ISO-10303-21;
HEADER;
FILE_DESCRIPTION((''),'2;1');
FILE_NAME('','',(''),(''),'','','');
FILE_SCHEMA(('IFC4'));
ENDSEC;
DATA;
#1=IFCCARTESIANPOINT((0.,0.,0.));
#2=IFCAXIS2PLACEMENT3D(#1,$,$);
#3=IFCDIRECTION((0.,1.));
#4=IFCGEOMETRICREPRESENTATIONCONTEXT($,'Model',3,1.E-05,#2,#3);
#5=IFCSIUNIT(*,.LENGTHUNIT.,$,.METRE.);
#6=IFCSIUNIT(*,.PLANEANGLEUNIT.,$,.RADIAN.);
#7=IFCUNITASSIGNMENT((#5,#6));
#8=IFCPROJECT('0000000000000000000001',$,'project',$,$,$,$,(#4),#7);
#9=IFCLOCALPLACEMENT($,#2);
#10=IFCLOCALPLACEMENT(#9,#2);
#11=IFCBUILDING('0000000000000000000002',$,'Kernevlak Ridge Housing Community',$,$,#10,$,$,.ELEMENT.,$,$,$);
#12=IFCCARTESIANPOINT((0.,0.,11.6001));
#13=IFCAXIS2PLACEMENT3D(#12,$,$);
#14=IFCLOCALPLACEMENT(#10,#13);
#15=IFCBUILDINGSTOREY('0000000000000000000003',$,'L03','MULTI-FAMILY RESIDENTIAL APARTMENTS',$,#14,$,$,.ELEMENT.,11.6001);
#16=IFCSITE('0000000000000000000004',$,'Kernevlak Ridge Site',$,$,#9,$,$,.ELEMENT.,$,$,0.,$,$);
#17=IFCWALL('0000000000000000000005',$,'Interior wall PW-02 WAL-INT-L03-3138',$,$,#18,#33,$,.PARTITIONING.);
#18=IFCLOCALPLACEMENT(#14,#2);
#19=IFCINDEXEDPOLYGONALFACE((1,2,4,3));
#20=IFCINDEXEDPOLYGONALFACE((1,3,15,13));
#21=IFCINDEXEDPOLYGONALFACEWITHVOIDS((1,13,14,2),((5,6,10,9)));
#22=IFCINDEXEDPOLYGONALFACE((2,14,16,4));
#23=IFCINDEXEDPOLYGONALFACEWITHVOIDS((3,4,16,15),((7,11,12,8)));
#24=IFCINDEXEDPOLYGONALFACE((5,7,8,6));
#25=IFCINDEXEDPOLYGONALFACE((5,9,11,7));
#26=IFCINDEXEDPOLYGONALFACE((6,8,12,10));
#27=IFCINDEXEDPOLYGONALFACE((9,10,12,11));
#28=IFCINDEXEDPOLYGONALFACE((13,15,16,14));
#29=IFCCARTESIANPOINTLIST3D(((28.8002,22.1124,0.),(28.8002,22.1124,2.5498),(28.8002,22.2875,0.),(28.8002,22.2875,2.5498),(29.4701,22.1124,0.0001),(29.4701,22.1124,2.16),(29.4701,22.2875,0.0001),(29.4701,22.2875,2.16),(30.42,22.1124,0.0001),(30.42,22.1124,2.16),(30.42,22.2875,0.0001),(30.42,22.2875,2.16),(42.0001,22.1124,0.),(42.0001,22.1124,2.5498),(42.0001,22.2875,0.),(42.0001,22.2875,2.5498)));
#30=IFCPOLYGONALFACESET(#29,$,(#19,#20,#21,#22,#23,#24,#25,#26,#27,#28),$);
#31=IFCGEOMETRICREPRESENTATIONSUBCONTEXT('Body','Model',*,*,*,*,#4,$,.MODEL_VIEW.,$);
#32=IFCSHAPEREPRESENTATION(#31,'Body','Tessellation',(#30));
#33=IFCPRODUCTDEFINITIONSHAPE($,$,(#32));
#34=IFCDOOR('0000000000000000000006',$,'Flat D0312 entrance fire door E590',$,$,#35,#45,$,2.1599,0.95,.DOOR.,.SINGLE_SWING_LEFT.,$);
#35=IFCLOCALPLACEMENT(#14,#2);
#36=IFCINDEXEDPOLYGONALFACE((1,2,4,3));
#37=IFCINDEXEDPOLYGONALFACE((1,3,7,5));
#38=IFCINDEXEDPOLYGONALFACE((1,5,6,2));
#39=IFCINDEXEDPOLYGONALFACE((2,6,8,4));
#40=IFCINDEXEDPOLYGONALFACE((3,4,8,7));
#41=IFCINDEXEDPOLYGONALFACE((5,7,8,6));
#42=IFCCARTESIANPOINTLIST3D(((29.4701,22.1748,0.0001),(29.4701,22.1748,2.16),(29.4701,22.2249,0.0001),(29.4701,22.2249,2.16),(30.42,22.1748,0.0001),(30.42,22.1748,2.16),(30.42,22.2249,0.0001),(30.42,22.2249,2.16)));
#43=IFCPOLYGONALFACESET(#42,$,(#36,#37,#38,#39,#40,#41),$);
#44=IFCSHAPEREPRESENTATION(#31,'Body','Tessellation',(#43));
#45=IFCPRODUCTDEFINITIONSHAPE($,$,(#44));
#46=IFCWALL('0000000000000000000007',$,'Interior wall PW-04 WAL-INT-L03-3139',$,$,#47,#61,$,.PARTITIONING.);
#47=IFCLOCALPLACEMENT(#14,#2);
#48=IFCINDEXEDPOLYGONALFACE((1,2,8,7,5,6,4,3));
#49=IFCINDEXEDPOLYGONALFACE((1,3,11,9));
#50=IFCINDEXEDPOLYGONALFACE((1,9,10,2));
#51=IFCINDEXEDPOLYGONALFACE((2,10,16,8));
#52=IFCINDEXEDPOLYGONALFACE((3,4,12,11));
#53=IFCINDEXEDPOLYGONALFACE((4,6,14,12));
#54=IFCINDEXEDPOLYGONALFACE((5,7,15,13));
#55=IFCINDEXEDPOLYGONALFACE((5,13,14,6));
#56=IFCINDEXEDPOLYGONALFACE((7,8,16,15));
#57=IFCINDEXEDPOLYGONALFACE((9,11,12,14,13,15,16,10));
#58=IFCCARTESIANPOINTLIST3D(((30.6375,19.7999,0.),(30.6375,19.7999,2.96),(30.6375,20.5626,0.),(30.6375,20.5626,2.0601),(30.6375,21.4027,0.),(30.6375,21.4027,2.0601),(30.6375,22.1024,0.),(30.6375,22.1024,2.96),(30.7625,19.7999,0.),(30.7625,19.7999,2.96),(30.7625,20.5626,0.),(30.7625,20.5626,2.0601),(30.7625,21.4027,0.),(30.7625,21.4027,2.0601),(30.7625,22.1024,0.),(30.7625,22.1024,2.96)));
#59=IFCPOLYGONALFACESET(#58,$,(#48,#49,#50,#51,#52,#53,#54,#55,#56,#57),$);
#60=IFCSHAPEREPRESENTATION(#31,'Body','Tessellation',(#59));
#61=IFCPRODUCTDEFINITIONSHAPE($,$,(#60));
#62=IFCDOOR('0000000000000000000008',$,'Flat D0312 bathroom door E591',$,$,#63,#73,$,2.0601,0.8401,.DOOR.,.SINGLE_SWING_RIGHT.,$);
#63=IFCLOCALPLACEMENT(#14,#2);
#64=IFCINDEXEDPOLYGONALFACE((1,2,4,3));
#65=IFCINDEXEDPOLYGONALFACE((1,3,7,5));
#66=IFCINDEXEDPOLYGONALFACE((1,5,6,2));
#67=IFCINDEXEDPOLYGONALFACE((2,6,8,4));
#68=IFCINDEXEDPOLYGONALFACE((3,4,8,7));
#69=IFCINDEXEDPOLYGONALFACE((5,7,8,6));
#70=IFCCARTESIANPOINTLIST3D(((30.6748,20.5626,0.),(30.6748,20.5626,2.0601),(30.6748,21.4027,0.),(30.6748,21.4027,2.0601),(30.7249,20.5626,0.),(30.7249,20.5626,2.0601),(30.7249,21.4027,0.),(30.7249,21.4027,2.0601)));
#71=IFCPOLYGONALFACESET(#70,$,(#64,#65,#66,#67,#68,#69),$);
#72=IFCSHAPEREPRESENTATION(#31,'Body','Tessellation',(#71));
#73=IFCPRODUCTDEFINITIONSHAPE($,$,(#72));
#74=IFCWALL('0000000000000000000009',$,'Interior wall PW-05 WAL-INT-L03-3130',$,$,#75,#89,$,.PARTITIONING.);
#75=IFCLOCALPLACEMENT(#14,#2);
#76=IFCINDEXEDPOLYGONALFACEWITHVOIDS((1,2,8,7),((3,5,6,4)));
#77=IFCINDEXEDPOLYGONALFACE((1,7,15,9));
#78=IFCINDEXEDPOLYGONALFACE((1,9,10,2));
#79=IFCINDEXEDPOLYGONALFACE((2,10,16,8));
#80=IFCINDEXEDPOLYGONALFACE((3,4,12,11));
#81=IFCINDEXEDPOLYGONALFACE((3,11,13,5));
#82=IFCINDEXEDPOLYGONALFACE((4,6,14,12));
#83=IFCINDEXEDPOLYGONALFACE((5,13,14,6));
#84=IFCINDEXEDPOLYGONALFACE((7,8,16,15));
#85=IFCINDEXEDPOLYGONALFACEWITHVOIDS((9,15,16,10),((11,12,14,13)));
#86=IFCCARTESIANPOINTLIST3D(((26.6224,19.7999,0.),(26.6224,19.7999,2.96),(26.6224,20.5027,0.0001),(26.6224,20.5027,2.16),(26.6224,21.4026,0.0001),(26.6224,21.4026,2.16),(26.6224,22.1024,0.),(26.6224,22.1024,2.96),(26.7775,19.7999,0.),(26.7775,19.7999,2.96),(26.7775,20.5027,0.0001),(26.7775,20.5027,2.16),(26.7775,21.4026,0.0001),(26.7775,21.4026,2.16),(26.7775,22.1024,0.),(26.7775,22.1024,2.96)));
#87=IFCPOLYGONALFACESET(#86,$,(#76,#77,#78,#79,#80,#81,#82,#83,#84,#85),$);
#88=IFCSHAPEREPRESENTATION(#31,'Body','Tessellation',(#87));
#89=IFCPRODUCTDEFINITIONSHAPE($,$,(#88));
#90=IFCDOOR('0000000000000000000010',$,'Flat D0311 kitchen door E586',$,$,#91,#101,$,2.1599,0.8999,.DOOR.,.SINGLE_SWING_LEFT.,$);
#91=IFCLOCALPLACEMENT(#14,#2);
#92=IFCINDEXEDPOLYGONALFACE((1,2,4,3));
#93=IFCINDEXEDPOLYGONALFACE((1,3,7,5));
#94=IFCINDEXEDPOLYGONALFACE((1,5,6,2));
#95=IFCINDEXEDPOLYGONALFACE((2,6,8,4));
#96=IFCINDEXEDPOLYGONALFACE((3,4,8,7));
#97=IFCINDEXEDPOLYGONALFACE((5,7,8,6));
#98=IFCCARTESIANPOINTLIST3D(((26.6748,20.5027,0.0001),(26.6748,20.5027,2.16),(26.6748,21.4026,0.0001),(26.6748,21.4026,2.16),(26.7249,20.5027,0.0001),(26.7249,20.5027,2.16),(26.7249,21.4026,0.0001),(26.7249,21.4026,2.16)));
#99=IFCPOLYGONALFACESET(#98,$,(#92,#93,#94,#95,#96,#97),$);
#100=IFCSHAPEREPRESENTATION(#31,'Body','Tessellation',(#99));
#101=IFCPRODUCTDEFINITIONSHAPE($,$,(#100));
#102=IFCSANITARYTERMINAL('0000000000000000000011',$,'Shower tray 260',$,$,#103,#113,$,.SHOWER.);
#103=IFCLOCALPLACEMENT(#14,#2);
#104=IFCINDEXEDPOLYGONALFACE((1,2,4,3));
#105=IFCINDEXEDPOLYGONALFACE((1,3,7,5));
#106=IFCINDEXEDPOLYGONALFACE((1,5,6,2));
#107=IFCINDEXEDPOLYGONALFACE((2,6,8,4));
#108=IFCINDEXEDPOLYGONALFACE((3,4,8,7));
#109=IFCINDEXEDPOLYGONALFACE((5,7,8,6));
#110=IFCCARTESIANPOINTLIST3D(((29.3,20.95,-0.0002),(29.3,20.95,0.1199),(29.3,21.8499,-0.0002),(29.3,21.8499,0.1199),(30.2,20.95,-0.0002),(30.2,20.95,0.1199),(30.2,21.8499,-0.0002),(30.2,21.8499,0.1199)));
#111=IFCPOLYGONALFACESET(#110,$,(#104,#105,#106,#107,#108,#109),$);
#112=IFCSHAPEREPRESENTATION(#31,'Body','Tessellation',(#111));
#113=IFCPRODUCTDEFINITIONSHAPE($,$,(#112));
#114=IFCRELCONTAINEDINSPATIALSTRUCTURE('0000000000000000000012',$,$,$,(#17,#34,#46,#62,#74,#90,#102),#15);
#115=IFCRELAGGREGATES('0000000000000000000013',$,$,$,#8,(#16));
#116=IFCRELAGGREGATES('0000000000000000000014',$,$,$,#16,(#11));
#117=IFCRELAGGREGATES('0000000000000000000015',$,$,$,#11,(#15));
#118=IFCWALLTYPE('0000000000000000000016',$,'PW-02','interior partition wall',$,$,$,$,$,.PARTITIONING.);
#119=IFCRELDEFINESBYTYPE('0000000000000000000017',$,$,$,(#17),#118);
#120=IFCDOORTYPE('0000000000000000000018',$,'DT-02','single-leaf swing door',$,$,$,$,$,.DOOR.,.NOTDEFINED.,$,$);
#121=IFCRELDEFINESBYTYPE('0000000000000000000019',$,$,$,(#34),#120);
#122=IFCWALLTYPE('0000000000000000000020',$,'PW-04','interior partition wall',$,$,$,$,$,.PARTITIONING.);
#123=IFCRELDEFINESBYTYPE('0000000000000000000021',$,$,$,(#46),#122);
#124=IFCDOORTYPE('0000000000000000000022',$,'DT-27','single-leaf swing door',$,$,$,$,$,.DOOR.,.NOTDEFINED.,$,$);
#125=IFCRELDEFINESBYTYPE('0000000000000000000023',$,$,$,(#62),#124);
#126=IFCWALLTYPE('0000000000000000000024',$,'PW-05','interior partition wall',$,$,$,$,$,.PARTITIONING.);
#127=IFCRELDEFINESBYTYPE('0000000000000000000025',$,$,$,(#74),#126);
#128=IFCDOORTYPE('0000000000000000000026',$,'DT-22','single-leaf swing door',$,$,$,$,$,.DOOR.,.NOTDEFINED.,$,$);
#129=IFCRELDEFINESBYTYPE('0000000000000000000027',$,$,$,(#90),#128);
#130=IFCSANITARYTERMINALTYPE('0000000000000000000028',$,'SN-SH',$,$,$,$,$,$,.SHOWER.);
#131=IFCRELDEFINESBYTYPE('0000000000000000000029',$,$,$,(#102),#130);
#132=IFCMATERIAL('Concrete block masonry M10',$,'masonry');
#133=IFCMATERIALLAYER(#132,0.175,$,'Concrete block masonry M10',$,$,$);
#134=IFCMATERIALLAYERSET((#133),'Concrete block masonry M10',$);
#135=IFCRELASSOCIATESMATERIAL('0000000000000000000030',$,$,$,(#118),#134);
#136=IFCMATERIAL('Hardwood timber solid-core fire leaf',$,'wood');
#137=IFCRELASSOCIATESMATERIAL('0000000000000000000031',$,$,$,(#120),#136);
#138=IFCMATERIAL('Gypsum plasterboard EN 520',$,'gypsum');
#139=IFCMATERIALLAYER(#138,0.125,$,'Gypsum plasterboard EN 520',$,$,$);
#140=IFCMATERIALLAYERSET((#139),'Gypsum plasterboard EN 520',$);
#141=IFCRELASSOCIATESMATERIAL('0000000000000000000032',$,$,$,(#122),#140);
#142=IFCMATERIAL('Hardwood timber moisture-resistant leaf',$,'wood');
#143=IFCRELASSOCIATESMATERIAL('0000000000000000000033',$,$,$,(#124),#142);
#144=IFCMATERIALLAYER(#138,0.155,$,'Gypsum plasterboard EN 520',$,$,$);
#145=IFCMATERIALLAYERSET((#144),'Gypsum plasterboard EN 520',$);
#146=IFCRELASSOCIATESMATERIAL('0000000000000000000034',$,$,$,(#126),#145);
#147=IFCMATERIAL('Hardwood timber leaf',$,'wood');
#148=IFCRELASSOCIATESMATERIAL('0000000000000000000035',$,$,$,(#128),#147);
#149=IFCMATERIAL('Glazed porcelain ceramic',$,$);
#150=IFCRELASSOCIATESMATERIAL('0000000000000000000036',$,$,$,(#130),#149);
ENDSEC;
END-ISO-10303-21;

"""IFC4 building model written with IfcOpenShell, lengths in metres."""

from ifc_helpers import new_model, si_unit, direction, frame, frame_2d, origin, origin_2d, place, context, subcontext, project, spatial, rectangle, extrude, material, layer, layer_set, type_object, element, fill, save


model = new_model("IFC4")

# Units and contexts
model_context = context("Model", 3, precision=1e-05, world=origin(), true_north=direction((0.0, 1.0)))
body_context = subcontext(model_context, "Body", "Model", "MODEL_VIEW")
ifc_project = project(units=[si_unit("LENGTHUNIT", "METRE"), si_unit("PLANEANGLEUNIT", "RADIAN")], contexts=[model_context])

# Site, building, storey
site_placement = place(None, origin())
site = spatial("IfcSite", under=ifc_project, at=site_placement, Name="Kernevlak Ridge Site", CompositionType="ELEMENT", RefElevation=0.0)
building_placement = place(site_placement, origin())
building = spatial("IfcBuilding", under=site, at=building_placement, Name="Kernevlak Ridge Housing Community", CompositionType="ELEMENT")
storey_placement = place(building_placement, frame((0.0, 0.0, 11.6001)))
storey = spatial("IfcBuildingStorey", under=building, at=storey_placement, Name="L03", Description="MULTI-FAMILY RESIDENTIAL APARTMENTS", CompositionType="ELEMENT", Elevation=11.6001)

# Shared definitions
ifc_material_1 = material(Name="Concrete block masonry M10", Category="masonry")
ifc_layer_1 = layer(ifc_material_1, 0.175, Name="Concrete block masonry M10")
ifc_layer_set_1 = layer_set([ifc_layer_1], Name="Concrete block masonry M10")
wall_type_1 = type_object("IfcWallType", Name="PW-02", Description="interior partition wall", PredefinedType="PARTITIONING", material=ifc_layer_set_1)

# Walls, openings, doors
wall_1_placement = place(storey_placement, frame((28.8, 22.2, 0.0), z_axis=(0.0, 0.0, 1.0), x_axis=(1.0, 0.0, 0.0)))
wall_1 = element("IfcWall", 1, at=wall_1_placement, inside=storey, type_object=wall_type_1, Name="Interior wall PW-02 WAL-INT-L03-3138", PredefinedType="PARTITIONING", context=body_context, shape_type="SweptSolid", body=[
    extrude(rectangle(XDim=13.2, YDim=0.175, at=frame_2d((6.6001, 0.0))), origin(), (0.0, 0.0, 1.0), 2.5498),
])
opening_1_placement = place(wall_1_placement, frame((0.6699, 0.0, 0.0)))
opening_1 = element("IfcOpeningElement", 2, at=opening_1_placement, cuts=wall_1, PredefinedType="OPENING", context=body_context, shape_type="SweptSolid", body=[
    extrude(rectangle(XDim=0.95, YDim=2.1599, at=frame_2d((0.4751, 1.0801))), frame((0.0, 0.0974, 0.0), z_axis=(0.0, -1.0, 0.0), x_axis=(1.0, 0.0, 0.0)), (0.0, 0.0, 1.0), 0.1951),
])
ifc_material_2 = material(Name="Hardwood timber solid-core fire leaf", Category="wood")
door_type_1 = type_object("IfcDoorType", Name="DT-02", Description="single-leaf swing door", OperationType="NOTDEFINED", PredefinedType="DOOR", material=ifc_material_2)
door_1_placement = place(opening_1_placement, origin())
door_1 = element("IfcDoor", 3, at=door_1_placement, inside=storey, type_object=door_type_1, Name="Flat D0312 entrance fire door E590", OperationType="SINGLE_SWING_LEFT", OverallHeight=2.1599, OverallWidth=0.95, PredefinedType="DOOR", context=body_context, shape_type="SweptSolid", body=[
    extrude(rectangle(XDim=0.95, YDim=2.1599, at=frame_2d((0.4751, 1.0801))), frame((0.0, 0.0249, 0.0), z_axis=(0.0, -1.0, 0.0), x_axis=(1.0, 0.0, 0.0)), (0.0, 0.0, 1.0), 0.05),
])
fill(opening_1, door_1)
ifc_material_3 = material(Name="Gypsum plasterboard EN 520", Category="gypsum")
ifc_layer_2 = layer(ifc_material_3, 0.125, Name="Gypsum plasterboard EN 520")
ifc_layer_set_2 = layer_set([ifc_layer_2], Name="Gypsum plasterboard EN 520")
wall_type_2 = type_object("IfcWallType", Name="PW-04", Description="interior partition wall", PredefinedType="PARTITIONING", material=ifc_layer_set_2)
wall_2_placement = place(storey_placement, frame((30.7, 22.1025, 0.0), z_axis=(0.0, 0.0, 1.0), x_axis=(0.0, -1.0, 0.0)))
wall_2 = element("IfcWall", 4, at=wall_2_placement, inside=storey, type_object=wall_type_2, Name="Interior wall PW-04 WAL-INT-L03-3139", PredefinedType="PARTITIONING", context=body_context, shape_type="SweptSolid", body=[
    extrude(rectangle(XDim=2.3025, YDim=0.125, at=frame_2d((1.1514, 0.0))), origin(), (0.0, 0.0, 1.0), 2.96),
])
opening_2_placement = place(wall_2_placement, frame((0.7, 0.0, 0.0)))
opening_2 = element("IfcOpeningElement", 5, at=opening_2_placement, cuts=wall_2, PredefinedType="OPENING", context=body_context, shape_type="SweptSolid", body=[
    extrude(rectangle(XDim=0.8401, YDim=2.0601, at=frame_2d((0.4199, 1.03))), frame((0.0, 0.0725, 0.0), z_axis=(0.0, -1.0, 0.0), x_axis=(1.0, 0.0, 0.0)), (0.0, 0.0, 1.0), 0.145),
])
ifc_material_4 = material(Name="Hardwood timber moisture-resistant leaf", Category="wood")
door_type_2 = type_object("IfcDoorType", Name="DT-27", Description="single-leaf swing door", OperationType="NOTDEFINED", PredefinedType="DOOR", material=ifc_material_4)
door_2_placement = place(opening_2_placement, origin())
door_2 = element("IfcDoor", 6, at=door_2_placement, inside=storey, type_object=door_type_2, Name="Flat D0312 bathroom door E591", OperationType="SINGLE_SWING_RIGHT", OverallHeight=2.0601, OverallWidth=0.8401, PredefinedType="DOOR", context=body_context, shape_type="SweptSolid", body=[
    extrude(rectangle(XDim=0.8401, YDim=2.0601, at=frame_2d((0.4199, 1.03))), frame((0.0, 0.0249, 0.0), z_axis=(0.0, -1.0, 0.0), x_axis=(1.0, 0.0, 0.0)), (0.0, 0.0, 1.0), 0.05),
])
fill(opening_2, door_2)
ifc_layer_3 = layer(ifc_material_3, 0.155, Name="Gypsum plasterboard EN 520")
ifc_layer_set_3 = layer_set([ifc_layer_3], Name="Gypsum plasterboard EN 520")
wall_type_3 = type_object("IfcWallType", Name="PW-05", Description="interior partition wall", PredefinedType="PARTITIONING", material=ifc_layer_set_3)
wall_3_placement = place(storey_placement, frame((26.7, 22.1025, 0.0), z_axis=(0.0, 0.0, 1.0), x_axis=(0.0, -1.0, 0.0)))
wall_3 = element("IfcWall", 7, at=wall_3_placement, inside=storey, type_object=wall_type_3, Name="Interior wall PW-05 WAL-INT-L03-3130", PredefinedType="PARTITIONING", context=body_context, shape_type="SweptSolid", body=[
    extrude(rectangle(XDim=2.3025, YDim=0.155, at=frame_2d((1.1514, 0.0))), origin(), (0.0, 0.0, 1.0), 2.96),
])
opening_3_placement = place(wall_3_placement, frame((0.7, 0.0, 0.0)))
opening_3 = element("IfcOpeningElement", 8, at=opening_3_placement, cuts=wall_3, PredefinedType="OPENING", context=body_context, shape_type="SweptSolid", body=[
    extrude(rectangle(XDim=0.8999, YDim=2.1599, at=frame_2d((0.45, 1.0801))), frame((0.0, 0.0874, 0.0), z_axis=(0.0, -1.0, 0.0), x_axis=(1.0, 0.0, 0.0)), (0.0, 0.0, 1.0), 0.175),
])
ifc_material_5 = material(Name="Hardwood timber leaf", Category="wood")
door_type_3 = type_object("IfcDoorType", Name="DT-22", Description="single-leaf swing door", OperationType="NOTDEFINED", PredefinedType="DOOR", material=ifc_material_5)
door_3_placement = place(opening_3_placement, origin())
door_3 = element("IfcDoor", 9, at=door_3_placement, inside=storey, type_object=door_type_3, Name="Flat D0311 kitchen door E586", OperationType="SINGLE_SWING_LEFT", OverallHeight=2.1599, OverallWidth=0.8999, PredefinedType="DOOR", context=body_context, shape_type="SweptSolid", body=[
    extrude(rectangle(XDim=0.8999, YDim=2.1599, at=frame_2d((0.45, 1.0801))), frame((0.0, 0.0249, 0.0), z_axis=(0.0, -1.0, 0.0), x_axis=(1.0, 0.0, 0.0)), (0.0, 0.0, 1.0), 0.05),
])
fill(opening_3, door_3)

# Sanitary terminal
ifc_material_6 = material(Name="Glazed porcelain ceramic")
sanitary_terminal_type = type_object("IfcSanitaryTerminalType", Name="SN-SH", PredefinedType="SHOWER", material=ifc_material_6)
sanitary_terminal_placement = place(storey_placement, frame((29.75, 21.3999, -0.0002), z_axis=(0.0, 0.0, 1.0), x_axis=(1.0, 0.0, 0.0)))
element("IfcSanitaryTerminal", 10, at=sanitary_terminal_placement, inside=storey, type_object=sanitary_terminal_type, Name="Shower tray 260", PredefinedType="SHOWER", context=body_context, shape_type="SweptSolid", body=[
    extrude(rectangle(XDim=0.8999, YDim=0.8999, at=origin_2d()), origin(), (0.0, 0.0, 1.0), 0.1201),
])

save(model, "model.ifc")
